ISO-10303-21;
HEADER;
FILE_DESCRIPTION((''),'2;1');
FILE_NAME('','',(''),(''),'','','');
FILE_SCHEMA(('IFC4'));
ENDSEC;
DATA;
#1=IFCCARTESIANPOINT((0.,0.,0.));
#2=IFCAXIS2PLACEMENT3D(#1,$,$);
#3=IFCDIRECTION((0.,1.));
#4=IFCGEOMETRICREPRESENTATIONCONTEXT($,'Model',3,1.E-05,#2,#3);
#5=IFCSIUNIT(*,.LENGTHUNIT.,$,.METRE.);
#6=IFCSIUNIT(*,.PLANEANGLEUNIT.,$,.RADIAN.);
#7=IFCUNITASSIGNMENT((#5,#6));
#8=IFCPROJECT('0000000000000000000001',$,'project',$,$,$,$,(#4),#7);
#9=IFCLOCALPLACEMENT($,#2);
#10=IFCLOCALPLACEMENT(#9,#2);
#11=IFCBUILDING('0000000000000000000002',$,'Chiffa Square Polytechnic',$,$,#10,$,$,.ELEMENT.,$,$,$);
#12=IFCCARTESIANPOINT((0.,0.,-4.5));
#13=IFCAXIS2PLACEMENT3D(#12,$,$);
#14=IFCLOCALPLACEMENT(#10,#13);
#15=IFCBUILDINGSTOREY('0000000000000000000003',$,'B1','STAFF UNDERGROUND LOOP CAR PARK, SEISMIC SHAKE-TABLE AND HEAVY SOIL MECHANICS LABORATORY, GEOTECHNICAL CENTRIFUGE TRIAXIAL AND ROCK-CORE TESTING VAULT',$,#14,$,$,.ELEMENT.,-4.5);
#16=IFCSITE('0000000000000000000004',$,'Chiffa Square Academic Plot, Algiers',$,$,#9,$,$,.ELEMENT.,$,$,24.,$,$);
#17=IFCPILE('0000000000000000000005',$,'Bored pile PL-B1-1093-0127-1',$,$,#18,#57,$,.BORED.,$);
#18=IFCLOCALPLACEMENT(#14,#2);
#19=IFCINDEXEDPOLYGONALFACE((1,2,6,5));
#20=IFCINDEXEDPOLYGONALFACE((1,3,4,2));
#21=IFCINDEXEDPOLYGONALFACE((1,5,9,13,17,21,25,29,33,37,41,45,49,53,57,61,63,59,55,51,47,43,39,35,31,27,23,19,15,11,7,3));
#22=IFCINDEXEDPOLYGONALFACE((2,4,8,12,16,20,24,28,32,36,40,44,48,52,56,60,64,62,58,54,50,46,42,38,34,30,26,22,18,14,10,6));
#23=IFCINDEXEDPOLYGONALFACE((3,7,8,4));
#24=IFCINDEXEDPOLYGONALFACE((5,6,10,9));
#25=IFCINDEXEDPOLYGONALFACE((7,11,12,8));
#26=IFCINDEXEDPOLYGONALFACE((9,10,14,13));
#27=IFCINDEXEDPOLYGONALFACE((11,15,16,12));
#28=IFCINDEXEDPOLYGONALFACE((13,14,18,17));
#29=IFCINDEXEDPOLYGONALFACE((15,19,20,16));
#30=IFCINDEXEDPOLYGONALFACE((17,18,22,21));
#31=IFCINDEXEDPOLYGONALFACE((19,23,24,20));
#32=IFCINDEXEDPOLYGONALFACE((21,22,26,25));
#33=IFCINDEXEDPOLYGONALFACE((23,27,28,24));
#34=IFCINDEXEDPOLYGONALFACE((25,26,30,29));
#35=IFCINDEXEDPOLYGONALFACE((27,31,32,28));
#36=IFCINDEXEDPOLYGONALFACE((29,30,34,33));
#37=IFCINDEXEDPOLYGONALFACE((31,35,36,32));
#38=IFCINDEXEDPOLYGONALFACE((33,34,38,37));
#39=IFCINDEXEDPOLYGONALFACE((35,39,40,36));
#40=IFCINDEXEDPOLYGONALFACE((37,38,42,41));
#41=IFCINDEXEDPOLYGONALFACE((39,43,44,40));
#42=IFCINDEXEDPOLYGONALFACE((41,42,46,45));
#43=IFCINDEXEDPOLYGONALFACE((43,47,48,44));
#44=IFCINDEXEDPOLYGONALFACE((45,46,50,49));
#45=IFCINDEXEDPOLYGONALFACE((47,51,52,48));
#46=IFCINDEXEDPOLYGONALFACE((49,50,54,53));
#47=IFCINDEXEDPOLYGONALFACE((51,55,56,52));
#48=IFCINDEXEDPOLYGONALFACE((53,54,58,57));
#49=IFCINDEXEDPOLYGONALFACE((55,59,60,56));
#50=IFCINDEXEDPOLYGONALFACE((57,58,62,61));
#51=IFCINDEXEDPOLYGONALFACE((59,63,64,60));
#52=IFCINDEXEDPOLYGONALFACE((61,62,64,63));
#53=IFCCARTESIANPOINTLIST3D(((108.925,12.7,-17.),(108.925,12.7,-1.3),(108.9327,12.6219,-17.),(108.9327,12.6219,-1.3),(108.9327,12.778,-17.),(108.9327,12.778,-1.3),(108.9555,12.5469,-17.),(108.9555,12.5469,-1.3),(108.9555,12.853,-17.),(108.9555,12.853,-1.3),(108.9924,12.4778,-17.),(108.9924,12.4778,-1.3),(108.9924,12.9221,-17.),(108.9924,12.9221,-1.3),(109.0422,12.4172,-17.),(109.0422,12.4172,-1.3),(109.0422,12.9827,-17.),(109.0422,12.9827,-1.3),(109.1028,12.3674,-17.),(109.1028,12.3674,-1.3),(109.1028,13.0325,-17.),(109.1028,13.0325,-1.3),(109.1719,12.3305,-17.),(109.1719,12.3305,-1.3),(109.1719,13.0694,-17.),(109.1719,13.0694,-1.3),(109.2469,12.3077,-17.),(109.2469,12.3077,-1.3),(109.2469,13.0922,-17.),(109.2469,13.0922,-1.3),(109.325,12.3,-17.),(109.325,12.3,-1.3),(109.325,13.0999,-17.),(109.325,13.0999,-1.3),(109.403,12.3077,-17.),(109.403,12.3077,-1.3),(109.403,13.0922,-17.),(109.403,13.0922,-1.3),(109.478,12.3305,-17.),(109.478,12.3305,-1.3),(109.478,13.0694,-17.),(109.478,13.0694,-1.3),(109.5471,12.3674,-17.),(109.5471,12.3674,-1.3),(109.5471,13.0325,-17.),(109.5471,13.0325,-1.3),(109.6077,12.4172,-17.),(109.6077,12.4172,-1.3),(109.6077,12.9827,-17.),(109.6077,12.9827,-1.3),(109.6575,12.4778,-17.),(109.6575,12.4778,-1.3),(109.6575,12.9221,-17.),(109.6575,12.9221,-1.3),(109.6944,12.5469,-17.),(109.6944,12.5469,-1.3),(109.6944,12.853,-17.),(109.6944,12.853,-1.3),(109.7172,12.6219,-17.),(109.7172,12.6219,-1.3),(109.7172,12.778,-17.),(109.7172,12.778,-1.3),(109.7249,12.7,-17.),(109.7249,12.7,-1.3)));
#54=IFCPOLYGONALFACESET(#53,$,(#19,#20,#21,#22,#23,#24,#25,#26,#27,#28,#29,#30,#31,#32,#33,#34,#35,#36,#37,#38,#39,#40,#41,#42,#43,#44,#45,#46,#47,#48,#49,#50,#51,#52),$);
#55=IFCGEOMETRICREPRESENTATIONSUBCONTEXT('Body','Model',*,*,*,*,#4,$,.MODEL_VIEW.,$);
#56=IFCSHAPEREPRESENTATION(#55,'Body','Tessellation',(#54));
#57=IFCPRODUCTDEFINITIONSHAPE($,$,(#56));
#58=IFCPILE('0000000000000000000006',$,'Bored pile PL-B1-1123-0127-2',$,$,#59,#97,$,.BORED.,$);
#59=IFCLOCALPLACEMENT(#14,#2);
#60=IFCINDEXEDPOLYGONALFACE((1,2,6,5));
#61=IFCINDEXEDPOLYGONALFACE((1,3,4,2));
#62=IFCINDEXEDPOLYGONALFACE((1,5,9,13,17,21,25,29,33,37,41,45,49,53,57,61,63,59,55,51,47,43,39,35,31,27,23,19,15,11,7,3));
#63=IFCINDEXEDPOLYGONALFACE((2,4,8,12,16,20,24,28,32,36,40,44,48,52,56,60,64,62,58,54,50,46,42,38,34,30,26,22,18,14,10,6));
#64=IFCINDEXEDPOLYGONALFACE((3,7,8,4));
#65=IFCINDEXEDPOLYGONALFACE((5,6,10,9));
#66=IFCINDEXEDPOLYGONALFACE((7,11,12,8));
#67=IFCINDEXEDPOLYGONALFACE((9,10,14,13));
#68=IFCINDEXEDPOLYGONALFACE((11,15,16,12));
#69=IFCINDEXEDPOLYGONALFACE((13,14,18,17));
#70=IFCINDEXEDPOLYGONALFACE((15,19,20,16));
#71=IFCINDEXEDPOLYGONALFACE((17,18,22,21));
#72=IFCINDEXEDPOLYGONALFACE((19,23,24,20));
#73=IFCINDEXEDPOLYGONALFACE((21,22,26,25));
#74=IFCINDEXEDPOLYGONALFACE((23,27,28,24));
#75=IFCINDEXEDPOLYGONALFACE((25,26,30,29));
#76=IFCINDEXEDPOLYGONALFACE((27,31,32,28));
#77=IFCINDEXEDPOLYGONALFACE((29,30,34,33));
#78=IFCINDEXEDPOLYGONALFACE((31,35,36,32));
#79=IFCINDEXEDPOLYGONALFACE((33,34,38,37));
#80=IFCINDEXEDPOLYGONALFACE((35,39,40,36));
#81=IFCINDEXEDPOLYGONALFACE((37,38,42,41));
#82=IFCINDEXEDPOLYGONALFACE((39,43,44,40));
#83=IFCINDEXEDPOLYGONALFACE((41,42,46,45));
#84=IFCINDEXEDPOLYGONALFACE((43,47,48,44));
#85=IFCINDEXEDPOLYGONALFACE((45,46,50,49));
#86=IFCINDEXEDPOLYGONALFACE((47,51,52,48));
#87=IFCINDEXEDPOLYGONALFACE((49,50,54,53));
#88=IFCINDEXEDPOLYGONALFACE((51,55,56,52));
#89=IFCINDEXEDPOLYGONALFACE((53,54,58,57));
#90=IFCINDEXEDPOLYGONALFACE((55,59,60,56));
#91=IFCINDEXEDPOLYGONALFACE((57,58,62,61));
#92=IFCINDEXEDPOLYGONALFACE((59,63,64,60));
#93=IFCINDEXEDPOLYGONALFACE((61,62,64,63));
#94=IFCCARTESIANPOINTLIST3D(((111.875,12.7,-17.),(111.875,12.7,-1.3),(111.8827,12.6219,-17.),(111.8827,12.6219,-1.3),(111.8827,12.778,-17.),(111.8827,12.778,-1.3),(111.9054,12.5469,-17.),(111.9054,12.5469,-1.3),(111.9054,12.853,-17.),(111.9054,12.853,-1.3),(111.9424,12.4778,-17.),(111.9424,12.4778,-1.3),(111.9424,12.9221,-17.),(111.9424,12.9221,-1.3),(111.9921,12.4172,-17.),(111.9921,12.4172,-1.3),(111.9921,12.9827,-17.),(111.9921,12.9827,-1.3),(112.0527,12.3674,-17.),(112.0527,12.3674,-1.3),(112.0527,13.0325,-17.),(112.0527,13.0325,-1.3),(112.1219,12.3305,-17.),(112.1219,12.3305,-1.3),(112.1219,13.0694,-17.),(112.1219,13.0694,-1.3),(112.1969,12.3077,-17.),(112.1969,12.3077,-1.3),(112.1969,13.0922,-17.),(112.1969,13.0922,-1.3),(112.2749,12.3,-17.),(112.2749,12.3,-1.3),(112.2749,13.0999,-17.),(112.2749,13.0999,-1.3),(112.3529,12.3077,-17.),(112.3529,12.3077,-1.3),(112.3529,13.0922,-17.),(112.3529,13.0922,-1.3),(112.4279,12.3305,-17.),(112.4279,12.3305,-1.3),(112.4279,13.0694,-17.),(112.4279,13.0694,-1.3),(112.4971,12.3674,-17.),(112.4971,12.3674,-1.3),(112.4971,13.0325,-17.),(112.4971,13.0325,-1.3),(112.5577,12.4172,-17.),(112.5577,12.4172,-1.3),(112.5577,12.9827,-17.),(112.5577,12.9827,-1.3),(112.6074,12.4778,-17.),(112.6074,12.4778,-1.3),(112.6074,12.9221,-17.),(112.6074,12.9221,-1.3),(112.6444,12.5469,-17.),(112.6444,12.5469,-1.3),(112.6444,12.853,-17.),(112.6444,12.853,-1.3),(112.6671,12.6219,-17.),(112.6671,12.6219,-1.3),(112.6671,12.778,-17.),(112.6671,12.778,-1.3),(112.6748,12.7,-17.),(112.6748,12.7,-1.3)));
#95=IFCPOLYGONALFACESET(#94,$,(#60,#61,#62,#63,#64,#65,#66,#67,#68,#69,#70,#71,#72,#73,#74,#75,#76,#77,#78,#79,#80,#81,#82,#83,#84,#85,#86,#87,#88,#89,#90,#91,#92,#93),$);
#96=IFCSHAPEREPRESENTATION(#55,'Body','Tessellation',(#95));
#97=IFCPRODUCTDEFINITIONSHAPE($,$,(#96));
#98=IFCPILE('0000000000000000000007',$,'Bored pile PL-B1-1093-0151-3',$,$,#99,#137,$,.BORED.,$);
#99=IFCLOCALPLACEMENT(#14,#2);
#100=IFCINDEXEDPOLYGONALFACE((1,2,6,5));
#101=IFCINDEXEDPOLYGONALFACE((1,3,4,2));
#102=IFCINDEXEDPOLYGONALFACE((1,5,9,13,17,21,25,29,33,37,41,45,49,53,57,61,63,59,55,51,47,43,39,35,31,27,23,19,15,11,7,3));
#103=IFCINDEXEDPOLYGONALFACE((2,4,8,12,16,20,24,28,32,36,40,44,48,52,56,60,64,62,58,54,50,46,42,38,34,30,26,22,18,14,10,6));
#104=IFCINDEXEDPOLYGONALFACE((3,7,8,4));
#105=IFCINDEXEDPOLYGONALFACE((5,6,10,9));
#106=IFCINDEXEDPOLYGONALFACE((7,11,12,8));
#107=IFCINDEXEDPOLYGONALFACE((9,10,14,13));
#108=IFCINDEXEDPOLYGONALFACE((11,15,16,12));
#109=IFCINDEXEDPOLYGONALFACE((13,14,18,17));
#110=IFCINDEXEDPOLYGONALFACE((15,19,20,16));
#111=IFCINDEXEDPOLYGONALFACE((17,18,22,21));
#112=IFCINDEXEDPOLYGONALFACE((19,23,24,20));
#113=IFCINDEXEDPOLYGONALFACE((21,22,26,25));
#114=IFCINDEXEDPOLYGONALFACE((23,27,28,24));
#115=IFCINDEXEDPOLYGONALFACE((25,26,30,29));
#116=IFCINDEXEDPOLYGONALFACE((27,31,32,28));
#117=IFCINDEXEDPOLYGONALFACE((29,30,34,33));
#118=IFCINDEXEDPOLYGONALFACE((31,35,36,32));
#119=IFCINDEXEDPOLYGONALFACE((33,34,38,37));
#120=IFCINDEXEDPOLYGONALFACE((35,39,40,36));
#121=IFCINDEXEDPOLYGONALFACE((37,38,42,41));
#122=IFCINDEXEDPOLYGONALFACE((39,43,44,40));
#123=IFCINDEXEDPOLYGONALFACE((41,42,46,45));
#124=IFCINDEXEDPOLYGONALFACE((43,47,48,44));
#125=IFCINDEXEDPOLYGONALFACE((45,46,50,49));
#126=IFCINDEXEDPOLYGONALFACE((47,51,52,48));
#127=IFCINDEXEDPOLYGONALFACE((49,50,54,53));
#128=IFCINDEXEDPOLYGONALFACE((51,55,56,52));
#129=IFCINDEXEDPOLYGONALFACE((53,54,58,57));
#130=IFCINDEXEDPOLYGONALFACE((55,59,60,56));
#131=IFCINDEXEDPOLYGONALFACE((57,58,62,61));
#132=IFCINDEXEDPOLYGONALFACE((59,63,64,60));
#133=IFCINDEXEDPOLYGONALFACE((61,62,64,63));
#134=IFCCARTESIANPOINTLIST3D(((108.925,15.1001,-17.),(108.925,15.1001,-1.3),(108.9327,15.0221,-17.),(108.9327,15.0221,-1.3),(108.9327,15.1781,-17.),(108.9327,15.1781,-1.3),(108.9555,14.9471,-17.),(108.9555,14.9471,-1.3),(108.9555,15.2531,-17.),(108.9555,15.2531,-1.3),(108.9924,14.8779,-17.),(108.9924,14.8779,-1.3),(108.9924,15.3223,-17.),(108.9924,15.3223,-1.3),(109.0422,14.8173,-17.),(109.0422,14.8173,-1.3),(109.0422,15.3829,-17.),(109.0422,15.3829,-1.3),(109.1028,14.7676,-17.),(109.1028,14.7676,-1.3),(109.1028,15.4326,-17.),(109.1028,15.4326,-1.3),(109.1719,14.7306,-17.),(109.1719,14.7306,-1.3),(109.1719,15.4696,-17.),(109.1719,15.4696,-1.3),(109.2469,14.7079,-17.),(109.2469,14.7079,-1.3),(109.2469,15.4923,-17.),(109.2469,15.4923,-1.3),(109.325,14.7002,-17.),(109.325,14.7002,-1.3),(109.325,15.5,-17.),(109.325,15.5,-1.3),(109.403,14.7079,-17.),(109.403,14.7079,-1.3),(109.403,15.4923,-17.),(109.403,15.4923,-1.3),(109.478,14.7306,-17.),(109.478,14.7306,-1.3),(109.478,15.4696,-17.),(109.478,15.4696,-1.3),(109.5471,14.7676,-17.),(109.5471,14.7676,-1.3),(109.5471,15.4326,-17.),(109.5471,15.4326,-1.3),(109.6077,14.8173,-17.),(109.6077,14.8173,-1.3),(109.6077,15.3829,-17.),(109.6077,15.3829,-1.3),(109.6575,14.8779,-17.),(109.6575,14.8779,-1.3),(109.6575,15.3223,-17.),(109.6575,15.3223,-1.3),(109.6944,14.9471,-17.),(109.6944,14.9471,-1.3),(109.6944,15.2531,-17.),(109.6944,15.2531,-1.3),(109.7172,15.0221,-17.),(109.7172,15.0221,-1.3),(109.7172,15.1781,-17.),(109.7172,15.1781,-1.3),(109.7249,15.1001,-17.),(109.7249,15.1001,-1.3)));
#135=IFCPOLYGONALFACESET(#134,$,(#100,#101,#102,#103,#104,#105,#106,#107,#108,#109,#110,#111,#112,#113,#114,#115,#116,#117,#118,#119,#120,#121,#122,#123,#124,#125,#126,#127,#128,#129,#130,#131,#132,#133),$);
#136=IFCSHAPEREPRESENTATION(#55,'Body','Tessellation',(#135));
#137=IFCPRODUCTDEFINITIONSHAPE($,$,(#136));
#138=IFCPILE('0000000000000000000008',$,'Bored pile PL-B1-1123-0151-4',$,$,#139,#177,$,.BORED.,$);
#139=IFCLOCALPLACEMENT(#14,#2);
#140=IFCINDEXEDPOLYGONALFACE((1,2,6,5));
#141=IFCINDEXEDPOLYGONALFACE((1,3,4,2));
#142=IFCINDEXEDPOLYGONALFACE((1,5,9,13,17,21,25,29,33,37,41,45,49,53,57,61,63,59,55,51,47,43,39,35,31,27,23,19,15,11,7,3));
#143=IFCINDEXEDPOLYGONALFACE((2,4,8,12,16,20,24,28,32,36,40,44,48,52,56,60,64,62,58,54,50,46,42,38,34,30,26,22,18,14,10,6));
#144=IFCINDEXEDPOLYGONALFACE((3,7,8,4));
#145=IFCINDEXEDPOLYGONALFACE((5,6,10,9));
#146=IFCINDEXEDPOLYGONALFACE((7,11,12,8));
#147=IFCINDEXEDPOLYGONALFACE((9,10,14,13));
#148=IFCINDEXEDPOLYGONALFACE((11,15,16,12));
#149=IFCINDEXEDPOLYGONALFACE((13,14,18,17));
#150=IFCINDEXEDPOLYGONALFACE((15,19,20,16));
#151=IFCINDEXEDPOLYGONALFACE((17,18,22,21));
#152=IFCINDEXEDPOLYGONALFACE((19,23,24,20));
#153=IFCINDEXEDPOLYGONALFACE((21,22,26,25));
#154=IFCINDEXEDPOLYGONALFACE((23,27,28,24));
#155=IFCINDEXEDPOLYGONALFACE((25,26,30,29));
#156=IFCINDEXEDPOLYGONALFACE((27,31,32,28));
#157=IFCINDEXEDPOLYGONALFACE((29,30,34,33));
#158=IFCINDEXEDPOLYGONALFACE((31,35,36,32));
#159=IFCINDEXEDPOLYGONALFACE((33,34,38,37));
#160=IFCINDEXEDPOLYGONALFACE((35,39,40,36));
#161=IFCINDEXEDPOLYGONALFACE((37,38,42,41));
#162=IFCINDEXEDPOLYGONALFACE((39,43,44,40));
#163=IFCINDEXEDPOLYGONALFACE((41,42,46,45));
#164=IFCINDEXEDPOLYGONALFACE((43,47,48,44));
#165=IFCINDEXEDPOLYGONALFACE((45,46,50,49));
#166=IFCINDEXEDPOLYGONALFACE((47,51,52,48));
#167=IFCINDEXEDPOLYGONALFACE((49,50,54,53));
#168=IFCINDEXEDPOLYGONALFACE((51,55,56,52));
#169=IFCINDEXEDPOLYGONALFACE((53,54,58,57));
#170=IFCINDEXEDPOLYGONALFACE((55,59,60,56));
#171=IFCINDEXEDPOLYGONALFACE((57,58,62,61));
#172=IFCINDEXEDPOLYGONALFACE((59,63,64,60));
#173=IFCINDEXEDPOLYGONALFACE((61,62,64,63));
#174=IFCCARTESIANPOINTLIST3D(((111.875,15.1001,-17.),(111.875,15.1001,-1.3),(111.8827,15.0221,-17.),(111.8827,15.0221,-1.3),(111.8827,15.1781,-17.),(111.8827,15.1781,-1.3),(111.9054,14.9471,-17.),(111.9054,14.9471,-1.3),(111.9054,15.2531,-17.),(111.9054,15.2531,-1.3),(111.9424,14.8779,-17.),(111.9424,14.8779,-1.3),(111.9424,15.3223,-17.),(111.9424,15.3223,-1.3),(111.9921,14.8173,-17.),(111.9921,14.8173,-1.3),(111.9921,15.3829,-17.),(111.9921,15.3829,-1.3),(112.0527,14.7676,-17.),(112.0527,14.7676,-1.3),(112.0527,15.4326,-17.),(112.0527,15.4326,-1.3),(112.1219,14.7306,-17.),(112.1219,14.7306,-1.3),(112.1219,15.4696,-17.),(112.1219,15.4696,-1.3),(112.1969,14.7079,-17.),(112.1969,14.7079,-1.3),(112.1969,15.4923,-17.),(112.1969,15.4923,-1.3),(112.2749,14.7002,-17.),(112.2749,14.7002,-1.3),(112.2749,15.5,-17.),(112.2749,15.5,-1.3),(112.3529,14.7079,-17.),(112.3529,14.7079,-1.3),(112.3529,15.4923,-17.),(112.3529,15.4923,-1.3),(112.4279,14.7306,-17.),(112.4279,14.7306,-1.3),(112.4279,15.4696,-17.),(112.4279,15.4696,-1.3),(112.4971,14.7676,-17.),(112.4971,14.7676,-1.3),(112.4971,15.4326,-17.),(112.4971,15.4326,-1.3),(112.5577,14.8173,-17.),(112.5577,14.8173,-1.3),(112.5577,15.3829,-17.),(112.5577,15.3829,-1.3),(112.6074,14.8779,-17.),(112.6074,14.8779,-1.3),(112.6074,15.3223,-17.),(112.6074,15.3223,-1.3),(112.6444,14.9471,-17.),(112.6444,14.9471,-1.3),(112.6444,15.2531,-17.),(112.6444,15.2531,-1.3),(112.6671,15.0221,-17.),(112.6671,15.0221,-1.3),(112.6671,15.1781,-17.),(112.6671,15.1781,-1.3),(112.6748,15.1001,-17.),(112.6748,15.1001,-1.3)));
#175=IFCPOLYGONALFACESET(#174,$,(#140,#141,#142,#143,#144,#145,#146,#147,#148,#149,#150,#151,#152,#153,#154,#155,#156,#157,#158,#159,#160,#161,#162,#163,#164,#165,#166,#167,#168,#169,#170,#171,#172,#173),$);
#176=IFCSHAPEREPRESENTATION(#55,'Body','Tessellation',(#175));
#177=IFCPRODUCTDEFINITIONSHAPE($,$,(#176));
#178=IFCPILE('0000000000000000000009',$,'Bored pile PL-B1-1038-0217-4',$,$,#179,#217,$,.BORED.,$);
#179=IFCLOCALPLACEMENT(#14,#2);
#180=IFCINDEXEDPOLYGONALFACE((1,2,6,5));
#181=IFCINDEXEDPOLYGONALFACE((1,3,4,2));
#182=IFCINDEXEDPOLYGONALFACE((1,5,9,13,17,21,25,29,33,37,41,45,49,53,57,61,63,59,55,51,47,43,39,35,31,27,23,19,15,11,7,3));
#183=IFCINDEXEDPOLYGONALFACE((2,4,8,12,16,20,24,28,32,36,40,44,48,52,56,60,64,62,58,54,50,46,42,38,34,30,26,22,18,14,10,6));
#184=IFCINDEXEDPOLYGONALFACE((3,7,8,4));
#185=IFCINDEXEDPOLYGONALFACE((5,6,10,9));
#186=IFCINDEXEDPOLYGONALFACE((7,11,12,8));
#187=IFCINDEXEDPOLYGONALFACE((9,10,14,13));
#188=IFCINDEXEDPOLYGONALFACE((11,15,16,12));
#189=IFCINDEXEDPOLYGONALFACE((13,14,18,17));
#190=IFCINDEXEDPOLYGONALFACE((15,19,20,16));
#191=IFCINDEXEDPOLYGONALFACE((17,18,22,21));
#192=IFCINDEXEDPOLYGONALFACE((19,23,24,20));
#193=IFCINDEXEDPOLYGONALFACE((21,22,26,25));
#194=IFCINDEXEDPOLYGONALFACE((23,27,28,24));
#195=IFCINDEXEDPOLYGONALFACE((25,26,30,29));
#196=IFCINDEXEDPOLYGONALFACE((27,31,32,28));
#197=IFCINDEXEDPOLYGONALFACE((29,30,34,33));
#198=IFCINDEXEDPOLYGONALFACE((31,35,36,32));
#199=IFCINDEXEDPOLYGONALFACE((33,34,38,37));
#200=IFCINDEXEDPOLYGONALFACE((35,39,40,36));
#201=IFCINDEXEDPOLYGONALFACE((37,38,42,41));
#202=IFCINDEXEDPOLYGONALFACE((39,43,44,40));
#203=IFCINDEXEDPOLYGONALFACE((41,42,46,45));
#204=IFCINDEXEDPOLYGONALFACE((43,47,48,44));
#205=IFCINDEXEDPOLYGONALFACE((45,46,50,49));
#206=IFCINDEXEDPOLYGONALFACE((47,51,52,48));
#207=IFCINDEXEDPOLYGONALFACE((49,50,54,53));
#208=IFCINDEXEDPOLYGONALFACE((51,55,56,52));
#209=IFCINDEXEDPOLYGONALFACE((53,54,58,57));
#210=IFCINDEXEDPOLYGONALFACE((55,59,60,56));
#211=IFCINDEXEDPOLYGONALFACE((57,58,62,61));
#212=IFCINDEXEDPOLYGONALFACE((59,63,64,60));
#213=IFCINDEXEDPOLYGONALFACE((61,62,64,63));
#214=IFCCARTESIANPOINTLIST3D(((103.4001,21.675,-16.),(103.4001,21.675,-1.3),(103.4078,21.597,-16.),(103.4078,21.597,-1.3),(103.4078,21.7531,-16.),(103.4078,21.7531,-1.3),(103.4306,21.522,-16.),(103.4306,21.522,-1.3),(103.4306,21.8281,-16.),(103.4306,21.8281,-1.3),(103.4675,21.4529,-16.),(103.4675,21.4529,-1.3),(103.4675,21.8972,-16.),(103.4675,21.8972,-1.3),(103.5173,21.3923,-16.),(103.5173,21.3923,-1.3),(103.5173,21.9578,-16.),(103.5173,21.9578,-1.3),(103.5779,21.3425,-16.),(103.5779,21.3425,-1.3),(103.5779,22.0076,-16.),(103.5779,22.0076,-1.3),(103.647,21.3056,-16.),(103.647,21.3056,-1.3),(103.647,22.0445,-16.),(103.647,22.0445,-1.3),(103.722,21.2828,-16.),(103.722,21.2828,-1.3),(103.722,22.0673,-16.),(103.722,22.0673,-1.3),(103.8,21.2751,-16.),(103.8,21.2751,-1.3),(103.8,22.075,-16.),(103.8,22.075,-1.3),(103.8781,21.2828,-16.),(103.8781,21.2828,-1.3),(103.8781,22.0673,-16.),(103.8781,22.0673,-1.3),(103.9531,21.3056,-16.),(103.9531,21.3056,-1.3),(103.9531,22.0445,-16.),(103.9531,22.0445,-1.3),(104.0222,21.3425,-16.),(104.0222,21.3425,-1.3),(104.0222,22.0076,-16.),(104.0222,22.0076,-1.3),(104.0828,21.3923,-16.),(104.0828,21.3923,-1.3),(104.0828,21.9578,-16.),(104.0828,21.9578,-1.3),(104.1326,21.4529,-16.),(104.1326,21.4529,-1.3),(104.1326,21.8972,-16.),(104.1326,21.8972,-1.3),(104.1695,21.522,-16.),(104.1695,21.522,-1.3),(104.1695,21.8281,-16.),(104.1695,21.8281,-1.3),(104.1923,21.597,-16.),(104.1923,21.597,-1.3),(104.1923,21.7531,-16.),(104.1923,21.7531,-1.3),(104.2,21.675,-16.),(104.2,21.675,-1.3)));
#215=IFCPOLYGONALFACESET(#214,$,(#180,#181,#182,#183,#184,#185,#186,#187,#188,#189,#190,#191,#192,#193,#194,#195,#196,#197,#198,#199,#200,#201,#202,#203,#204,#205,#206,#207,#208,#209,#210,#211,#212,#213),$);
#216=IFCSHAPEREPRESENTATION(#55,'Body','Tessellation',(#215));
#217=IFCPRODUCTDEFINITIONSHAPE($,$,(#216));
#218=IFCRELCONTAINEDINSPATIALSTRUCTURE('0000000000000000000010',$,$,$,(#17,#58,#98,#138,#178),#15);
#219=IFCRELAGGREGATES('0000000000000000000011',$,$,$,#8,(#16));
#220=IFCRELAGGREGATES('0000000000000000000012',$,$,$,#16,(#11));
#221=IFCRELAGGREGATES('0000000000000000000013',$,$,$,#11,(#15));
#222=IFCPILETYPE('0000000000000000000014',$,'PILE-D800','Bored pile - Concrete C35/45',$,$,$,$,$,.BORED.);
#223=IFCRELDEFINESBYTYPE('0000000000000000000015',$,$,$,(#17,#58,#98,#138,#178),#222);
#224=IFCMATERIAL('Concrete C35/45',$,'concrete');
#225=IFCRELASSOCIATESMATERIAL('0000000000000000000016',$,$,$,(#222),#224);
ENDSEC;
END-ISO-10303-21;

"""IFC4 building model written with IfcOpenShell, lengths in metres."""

from ifc_helpers import new_model, si_unit, direction, frame, origin, origin_2d, place, context, subcontext, project, spatial, circle, extrude, material, material_profile, profile_set, type_object, element, save


model = new_model("IFC4")

# Units and contexts
model_context = context("Model", 3, precision=1e-05, world=origin(), true_north=direction((0.0, 1.0)))
body_context = subcontext(model_context, "Body", "Model", "MODEL_VIEW")
ifc_project = project(units=[si_unit("LENGTHUNIT", "METRE"), si_unit("PLANEANGLEUNIT", "RADIAN")], contexts=[model_context])

# Site, building, storey
site_placement = place(None, origin())
site = spatial("IfcSite", under=ifc_project, at=site_placement, Name="Chiffa Square Academic Plot, Algiers", CompositionType="ELEMENT", RefElevation=24.0)
building_placement = place(site_placement, origin())
building = spatial("IfcBuilding", under=site, at=building_placement, Name="Chiffa Square Polytechnic", CompositionType="ELEMENT")
storey_placement = place(building_placement, frame((0.0, 0.0, -4.5)))
storey = spatial("IfcBuildingStorey", under=building, at=storey_placement, Name="B1", Description="STAFF UNDERGROUND LOOP CAR PARK, SEISMIC SHAKE-TABLE AND HEAVY SOIL MECHANICS LABORATORY, GEOTECHNICAL CENTRIFUGE TRIAXIAL AND ROCK-CORE TESTING VAULT", CompositionType="ELEMENT", Elevation=-4.5)

# Shared definitions
ifc_material_1 = material(Name="Concrete C35/45", Category="concrete")

# Piles
ifc_material_profile_1 = material_profile(ifc_material_1, circle(Radius=0.3999, at=origin_2d()), Name="PILE D800")
ifc_profile_set_1 = profile_set([ifc_material_profile_1], Name="Concrete C35/45")
pile_type_1 = type_object("IfcPileType", Name="PILE-D800", Description="Bored pile - Concrete C35/45", PredefinedType="BORED", material=ifc_profile_set_1)
for number, where, z_axis, x_axis, name in (
    (1, (109.325, 12.7, -1.3), (0.0, 0.0, -1.0), (1.0, 0.0, 0.0), "Bored pile PL-B1-1093-0127-1"),
    (2, (112.2749, 12.7, -1.3), (0.0, 0.0, -1.0), (1.0, 0.0, 0.0), "Bored pile PL-B1-1123-0127-2"),
    (3, (109.325, 15.1001, -1.3), (0.0, 0.0, -1.0), (1.0, 0.0, 0.0), "Bored pile PL-B1-1093-0151-3"),
    (4, (112.2749, 15.1001, -1.3), (0.0, 0.0, -1.0), (1.0, 0.0, 0.0), "Bored pile PL-B1-1123-0151-4"),
):
    element("IfcPile", number, at=place(storey_placement, frame(where, z_axis=z_axis, x_axis=x_axis)), inside=storey, type_object=pile_type_1, Name=name, PredefinedType="BORED", context=body_context, shape_type="SweptSolid", body=[
        extrude(circle(Radius=0.3999, at=origin_2d()), origin(), (0.0, 0.0, 1.0), 15.7),
    ])
pile_placement = place(storey_placement, frame((103.8, 21.675, -1.3), z_axis=(0.0, 0.0, -1.0), x_axis=(1.0, 0.0, 0.0)))
element("IfcPile", 5, at=pile_placement, inside=storey, type_object=pile_type_1, Name="Bored pile PL-B1-1038-0217-4", PredefinedType="BORED", context=body_context, shape_type="SweptSolid", body=[
    extrude(circle(Radius=0.3999, at=origin_2d()), origin(), (0.0, 0.0, 1.0), 14.7),
])

save(model, "model.ifc")
